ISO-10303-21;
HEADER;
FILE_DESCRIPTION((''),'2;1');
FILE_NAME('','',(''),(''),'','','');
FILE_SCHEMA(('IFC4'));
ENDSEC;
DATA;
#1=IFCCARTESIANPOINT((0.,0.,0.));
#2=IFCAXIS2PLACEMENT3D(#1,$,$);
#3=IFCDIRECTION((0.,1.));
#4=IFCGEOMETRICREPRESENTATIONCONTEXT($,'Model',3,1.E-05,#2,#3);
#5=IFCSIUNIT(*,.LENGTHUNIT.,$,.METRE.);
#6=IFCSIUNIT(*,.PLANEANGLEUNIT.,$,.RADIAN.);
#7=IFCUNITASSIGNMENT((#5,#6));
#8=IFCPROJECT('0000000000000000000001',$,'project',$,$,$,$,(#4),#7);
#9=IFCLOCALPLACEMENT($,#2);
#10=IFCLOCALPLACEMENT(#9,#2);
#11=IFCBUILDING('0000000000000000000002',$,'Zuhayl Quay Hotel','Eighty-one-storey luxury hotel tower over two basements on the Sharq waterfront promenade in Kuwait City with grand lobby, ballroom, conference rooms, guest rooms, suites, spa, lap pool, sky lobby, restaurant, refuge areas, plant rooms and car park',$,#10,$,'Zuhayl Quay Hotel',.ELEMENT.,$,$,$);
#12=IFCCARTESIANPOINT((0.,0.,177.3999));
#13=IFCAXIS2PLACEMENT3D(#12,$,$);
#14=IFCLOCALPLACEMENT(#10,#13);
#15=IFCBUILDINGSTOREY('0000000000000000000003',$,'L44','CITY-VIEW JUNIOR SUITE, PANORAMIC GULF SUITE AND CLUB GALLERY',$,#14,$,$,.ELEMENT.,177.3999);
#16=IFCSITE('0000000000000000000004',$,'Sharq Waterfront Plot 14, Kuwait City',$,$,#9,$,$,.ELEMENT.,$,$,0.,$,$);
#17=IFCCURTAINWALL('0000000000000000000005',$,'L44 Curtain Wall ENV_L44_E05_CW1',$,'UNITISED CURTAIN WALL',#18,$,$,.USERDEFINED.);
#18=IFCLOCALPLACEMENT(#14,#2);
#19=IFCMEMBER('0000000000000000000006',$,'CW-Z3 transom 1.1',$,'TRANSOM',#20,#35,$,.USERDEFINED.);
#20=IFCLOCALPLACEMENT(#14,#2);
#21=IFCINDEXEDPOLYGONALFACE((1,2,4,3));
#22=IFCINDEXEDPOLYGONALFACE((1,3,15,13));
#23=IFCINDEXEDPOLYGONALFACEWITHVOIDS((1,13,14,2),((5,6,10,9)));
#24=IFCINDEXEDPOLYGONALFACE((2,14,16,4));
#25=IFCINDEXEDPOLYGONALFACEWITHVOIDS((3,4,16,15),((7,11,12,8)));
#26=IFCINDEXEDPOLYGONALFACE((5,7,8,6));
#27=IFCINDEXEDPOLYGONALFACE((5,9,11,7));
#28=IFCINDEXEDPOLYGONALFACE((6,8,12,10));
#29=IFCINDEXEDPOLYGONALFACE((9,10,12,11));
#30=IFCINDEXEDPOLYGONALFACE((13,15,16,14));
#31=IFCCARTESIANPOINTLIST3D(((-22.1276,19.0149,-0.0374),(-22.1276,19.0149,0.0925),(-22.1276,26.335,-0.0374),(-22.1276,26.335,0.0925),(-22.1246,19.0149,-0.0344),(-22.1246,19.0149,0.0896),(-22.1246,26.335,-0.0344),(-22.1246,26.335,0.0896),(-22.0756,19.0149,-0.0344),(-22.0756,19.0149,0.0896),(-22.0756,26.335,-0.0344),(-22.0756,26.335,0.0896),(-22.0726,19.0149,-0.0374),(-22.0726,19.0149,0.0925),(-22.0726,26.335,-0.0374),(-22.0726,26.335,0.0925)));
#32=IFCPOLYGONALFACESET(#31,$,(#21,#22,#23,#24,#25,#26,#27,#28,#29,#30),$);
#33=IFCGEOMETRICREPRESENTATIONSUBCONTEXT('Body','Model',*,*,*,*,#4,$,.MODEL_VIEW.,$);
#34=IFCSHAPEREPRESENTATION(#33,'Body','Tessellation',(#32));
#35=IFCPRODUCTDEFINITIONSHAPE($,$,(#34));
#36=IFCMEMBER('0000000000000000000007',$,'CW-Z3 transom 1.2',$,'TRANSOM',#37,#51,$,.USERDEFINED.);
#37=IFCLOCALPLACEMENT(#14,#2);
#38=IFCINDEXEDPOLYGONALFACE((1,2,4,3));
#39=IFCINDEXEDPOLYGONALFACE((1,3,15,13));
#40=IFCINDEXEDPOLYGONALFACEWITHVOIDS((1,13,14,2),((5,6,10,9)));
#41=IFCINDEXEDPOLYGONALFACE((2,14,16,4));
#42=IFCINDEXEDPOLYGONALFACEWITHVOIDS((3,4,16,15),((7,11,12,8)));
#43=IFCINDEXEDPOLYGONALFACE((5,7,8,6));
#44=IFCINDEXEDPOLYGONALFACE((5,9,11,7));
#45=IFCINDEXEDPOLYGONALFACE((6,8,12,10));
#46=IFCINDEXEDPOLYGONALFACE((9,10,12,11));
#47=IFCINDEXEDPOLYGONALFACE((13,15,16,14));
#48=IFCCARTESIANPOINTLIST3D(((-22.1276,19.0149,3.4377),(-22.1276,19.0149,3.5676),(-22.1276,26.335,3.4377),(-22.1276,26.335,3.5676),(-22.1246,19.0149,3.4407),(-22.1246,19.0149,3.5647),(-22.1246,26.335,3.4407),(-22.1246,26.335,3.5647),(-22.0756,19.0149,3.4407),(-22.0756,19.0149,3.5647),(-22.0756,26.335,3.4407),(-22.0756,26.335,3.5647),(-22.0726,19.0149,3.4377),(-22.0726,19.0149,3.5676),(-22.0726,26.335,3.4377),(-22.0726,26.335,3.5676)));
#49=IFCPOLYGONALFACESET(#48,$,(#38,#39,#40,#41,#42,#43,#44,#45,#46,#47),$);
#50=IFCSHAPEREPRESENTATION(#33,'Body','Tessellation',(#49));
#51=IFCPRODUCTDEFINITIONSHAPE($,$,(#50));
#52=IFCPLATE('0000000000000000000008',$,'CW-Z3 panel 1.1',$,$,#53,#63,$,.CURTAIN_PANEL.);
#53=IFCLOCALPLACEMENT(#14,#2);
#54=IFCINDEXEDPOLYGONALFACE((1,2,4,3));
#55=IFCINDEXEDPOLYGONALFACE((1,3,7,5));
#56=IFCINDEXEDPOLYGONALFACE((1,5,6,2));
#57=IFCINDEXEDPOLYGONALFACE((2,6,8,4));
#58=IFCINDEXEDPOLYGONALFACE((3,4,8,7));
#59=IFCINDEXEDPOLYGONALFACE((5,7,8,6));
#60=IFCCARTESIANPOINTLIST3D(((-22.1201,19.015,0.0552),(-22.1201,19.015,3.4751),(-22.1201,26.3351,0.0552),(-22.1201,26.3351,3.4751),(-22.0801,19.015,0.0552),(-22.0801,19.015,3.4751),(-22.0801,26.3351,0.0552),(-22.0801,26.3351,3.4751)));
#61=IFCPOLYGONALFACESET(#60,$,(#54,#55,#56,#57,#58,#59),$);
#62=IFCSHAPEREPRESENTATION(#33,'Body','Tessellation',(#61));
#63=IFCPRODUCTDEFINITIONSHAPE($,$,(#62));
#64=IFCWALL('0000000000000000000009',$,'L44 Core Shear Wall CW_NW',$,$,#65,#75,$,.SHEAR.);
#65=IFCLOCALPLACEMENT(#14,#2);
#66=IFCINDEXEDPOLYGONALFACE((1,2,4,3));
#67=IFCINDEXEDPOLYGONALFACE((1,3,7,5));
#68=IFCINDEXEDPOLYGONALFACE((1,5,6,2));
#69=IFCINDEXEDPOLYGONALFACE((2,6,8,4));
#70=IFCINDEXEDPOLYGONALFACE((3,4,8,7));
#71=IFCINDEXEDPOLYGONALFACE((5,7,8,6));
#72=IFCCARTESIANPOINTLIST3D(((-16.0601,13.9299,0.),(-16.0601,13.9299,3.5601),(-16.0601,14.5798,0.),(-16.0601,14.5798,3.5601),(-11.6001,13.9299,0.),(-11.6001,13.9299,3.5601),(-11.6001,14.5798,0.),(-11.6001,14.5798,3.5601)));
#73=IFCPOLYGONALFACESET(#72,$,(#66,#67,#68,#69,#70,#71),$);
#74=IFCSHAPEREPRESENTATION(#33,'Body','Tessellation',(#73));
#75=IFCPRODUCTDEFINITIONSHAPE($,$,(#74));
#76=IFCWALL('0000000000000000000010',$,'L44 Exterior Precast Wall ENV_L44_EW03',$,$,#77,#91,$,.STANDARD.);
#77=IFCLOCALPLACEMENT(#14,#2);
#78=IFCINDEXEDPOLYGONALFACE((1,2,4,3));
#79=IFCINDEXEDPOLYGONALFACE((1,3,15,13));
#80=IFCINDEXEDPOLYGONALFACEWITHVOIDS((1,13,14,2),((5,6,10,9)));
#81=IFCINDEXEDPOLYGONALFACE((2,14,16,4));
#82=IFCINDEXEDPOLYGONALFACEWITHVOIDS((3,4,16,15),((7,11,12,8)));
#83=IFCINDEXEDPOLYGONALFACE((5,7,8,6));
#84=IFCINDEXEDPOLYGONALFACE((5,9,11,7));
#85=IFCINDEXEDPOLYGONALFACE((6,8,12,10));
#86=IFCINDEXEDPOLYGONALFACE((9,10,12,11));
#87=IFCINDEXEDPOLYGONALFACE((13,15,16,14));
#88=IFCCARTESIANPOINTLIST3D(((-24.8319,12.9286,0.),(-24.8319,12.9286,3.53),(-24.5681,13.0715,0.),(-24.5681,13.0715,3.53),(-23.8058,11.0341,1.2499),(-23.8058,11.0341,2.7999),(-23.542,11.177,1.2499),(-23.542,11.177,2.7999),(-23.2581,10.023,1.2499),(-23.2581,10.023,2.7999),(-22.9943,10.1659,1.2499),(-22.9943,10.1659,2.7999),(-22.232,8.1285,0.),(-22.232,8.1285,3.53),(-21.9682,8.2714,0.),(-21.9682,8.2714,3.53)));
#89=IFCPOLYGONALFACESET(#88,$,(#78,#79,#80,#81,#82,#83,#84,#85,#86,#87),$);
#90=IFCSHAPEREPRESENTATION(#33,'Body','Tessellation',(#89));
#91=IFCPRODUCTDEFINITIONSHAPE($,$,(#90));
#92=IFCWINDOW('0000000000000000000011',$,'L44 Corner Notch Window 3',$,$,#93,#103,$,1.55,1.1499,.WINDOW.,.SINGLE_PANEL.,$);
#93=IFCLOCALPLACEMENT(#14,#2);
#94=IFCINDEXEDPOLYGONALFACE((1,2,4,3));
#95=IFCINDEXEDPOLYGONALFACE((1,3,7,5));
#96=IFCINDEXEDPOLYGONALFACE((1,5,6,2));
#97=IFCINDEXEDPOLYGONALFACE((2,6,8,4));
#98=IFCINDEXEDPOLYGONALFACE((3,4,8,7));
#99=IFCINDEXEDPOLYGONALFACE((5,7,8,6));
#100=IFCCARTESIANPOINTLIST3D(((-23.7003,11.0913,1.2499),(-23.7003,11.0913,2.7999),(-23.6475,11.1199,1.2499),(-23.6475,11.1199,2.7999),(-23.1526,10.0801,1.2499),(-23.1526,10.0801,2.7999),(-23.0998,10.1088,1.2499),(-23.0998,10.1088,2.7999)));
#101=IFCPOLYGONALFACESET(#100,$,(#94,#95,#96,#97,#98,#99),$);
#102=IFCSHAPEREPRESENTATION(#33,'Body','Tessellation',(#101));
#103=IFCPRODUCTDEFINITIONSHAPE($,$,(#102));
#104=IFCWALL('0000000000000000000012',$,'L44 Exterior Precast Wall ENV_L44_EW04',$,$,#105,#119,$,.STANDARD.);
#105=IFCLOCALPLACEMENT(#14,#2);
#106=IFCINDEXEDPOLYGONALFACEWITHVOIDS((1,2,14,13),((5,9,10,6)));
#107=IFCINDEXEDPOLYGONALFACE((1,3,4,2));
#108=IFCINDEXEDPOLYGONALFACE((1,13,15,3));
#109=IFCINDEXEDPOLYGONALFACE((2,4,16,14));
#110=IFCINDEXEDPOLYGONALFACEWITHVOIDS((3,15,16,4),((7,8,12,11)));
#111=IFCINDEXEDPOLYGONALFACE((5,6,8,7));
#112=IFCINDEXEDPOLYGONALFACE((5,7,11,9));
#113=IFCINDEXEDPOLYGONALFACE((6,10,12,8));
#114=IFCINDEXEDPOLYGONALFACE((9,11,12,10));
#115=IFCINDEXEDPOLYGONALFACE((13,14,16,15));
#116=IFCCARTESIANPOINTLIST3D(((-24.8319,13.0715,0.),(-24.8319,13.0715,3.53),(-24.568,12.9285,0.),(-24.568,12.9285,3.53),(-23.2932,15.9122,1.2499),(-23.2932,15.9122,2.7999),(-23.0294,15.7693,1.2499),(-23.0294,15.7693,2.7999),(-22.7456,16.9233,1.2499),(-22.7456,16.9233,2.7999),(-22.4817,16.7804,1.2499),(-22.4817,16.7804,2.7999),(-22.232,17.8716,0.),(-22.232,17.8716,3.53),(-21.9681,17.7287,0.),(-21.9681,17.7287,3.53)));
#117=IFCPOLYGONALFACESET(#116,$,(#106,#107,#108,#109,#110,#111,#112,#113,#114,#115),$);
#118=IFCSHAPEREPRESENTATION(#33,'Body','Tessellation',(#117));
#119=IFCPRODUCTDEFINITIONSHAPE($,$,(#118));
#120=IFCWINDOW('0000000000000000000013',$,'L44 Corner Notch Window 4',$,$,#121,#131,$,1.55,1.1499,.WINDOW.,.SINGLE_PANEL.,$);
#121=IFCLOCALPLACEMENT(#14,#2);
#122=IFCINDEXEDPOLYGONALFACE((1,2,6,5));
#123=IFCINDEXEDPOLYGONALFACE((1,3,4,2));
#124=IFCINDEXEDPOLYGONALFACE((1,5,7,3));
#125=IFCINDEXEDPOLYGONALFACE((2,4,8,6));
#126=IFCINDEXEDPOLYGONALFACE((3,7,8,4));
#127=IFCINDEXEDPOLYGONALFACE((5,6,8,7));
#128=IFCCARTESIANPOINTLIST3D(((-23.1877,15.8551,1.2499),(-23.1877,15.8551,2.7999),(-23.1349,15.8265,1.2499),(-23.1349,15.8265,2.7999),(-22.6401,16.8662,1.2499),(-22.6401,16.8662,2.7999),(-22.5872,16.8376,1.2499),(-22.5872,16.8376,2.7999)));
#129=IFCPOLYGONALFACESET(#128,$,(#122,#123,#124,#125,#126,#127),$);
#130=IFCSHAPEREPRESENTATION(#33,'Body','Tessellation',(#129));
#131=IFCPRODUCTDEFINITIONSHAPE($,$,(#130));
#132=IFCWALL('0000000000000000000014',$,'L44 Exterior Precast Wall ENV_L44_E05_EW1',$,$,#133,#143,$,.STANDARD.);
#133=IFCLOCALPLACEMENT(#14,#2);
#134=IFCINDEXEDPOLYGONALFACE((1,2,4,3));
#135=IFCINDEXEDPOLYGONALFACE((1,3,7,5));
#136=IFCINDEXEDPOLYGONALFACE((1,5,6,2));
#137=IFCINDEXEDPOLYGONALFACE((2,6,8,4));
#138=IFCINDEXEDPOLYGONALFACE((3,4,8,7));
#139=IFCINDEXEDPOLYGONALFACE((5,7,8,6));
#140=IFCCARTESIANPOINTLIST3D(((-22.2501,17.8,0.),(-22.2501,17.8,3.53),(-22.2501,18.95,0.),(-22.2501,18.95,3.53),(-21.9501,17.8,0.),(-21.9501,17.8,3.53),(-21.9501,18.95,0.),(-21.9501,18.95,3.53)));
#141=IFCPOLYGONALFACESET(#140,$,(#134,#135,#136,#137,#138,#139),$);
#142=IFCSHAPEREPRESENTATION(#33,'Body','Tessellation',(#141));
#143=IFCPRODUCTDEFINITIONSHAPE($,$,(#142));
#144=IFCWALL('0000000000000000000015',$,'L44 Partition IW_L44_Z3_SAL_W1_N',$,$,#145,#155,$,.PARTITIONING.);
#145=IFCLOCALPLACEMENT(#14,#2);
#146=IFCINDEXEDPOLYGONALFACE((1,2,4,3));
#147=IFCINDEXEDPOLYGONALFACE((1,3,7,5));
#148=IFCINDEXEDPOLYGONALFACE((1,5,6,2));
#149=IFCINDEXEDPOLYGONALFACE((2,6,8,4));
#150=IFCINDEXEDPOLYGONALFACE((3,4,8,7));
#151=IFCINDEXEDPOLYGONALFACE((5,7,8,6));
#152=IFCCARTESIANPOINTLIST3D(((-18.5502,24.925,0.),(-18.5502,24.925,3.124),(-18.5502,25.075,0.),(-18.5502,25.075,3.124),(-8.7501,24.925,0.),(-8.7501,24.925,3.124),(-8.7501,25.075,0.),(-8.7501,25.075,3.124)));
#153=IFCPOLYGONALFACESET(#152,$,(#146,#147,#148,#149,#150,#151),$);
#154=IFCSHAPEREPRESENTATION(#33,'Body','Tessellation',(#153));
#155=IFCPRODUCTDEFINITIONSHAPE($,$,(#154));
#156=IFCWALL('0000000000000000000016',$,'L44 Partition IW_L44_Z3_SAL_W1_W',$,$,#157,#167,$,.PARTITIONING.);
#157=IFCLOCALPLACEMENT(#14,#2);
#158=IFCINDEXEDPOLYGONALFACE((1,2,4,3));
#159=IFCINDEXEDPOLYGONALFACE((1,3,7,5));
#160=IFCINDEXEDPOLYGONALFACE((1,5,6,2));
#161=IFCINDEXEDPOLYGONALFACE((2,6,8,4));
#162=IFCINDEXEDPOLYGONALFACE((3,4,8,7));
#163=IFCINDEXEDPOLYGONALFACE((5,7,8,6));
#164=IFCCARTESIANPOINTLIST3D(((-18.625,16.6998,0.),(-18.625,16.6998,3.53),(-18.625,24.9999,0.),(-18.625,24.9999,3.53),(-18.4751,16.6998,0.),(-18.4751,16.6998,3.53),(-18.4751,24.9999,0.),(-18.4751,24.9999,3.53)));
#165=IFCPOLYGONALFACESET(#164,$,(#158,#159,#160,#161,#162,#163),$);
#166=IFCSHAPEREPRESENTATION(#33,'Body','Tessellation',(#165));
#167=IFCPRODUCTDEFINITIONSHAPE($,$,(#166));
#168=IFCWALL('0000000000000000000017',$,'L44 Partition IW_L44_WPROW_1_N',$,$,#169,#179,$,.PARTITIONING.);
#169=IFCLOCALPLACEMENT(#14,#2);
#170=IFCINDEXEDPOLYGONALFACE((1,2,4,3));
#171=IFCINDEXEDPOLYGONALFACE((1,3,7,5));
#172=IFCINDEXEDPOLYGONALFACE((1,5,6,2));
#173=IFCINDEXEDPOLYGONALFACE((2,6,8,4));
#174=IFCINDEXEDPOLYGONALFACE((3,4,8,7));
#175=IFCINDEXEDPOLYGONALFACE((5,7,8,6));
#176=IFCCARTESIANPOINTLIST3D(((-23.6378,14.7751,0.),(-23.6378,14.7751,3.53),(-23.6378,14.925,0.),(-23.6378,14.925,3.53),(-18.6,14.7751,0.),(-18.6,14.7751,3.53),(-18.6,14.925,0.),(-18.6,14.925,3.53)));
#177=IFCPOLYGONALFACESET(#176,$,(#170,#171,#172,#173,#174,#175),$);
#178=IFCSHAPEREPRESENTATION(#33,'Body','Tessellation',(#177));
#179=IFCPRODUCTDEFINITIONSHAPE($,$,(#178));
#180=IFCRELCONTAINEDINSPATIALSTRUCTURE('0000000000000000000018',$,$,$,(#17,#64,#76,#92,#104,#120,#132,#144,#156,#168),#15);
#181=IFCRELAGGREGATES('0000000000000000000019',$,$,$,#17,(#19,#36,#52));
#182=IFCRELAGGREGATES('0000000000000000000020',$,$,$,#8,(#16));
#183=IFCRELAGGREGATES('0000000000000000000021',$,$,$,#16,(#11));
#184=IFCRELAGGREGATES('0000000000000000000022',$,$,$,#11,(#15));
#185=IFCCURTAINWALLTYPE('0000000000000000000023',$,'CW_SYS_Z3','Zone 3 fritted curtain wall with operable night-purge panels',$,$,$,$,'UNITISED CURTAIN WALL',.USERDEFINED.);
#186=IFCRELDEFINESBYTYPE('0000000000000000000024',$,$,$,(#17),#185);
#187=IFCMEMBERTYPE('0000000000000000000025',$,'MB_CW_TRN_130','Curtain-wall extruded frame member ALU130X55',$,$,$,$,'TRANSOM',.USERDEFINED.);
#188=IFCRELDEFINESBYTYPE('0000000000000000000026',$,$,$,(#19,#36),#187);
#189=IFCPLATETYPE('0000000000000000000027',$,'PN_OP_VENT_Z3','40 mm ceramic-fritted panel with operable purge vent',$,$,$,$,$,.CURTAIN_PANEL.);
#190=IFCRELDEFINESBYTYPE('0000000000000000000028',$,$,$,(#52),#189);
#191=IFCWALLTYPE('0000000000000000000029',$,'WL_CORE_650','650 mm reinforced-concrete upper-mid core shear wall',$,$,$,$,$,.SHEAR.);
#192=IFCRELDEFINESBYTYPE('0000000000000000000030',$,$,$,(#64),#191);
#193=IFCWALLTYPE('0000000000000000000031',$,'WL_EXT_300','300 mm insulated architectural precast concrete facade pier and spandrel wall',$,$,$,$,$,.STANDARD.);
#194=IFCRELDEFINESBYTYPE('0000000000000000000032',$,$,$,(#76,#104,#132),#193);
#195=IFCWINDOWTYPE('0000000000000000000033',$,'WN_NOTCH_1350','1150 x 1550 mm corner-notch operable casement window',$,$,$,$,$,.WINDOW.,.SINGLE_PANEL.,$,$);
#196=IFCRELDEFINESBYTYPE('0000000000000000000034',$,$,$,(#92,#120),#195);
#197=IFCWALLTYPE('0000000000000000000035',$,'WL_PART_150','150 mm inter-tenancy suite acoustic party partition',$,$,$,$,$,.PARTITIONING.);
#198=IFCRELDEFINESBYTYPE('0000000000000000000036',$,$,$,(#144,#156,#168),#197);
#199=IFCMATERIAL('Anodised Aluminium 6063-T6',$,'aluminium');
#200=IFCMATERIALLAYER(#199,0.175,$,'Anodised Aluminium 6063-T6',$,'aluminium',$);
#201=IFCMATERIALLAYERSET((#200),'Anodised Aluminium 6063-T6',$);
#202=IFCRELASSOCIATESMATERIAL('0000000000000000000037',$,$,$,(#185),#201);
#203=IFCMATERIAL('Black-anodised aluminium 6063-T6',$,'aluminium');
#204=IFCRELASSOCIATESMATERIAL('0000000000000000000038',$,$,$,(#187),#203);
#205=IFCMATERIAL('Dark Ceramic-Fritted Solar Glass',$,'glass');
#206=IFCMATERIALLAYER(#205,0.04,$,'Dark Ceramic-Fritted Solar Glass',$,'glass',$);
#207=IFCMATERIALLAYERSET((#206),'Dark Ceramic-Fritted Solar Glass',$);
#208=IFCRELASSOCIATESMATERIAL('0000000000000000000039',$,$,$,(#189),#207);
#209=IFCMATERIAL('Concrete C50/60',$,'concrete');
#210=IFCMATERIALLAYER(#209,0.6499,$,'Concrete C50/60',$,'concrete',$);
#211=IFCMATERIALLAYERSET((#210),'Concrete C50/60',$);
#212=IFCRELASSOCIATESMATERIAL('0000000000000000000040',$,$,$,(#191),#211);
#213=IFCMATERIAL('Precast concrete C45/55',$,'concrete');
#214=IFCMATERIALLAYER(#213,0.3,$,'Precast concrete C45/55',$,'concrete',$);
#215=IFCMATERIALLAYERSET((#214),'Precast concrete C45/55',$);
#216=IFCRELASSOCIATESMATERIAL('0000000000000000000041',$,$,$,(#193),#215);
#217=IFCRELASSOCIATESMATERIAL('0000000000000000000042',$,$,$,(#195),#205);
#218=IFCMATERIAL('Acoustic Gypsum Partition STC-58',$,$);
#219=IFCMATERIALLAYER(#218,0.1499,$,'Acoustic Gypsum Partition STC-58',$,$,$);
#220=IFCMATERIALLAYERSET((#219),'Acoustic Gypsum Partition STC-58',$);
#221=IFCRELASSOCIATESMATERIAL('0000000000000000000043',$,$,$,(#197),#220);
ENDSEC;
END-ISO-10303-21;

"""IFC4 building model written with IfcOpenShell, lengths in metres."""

from ifc_helpers import new_model, si_unit, direction, frame, frame_2d, origin, origin_2d, place, context, subcontext, project, spatial, rectangle, hollow_rectangle, extrude, material, layer, layer_set, material_profile, profile_set, type_object, element, fill, aggregate, save


model = new_model("IFC4")

# Units and contexts
model_context = context("Model", 3, precision=1e-05, world=origin(), true_north=direction((0.0, 1.0)))
body_context = subcontext(model_context, "Body", "Model", "MODEL_VIEW")
ifc_project = project(units=[si_unit("LENGTHUNIT", "METRE"), si_unit("PLANEANGLEUNIT", "RADIAN")], contexts=[model_context])

# Site, building, storey
site_placement = place(None, origin())
site = spatial("IfcSite", under=ifc_project, at=site_placement, Name="Sharq Waterfront Plot 14, Kuwait City", CompositionType="ELEMENT", RefElevation=0.0)
building_placement = place(site_placement, origin())
building = spatial("IfcBuilding", under=site, at=building_placement, Name="Zuhayl Quay Hotel", Description="Eighty-one-storey luxury hotel tower over two basements on the Sharq waterfront promenade in Kuwait City with grand lobby, ballroom, conference rooms, guest rooms, suites, spa, lap pool, sky lobby, restaurant, refuge areas, plant rooms and car park", LongName="Zuhayl Quay Hotel", CompositionType="ELEMENT")
storey_placement = place(building_placement, frame((0.0, 0.0, 177.3999)))
storey = spatial("IfcBuildingStorey", under=building, at=storey_placement, Name="L44", Description="CITY-VIEW JUNIOR SUITE, PANORAMIC GULF SUITE AND CLUB GALLERY", CompositionType="ELEMENT", Elevation=177.3999)

# Curtain wall, members, plate
ifc_material_1 = material(Name="Anodised Aluminium 6063-T6", Category="aluminium")
ifc_layer_1 = layer(ifc_material_1, 0.175, Name="Anodised Aluminium 6063-T6", Category="aluminium")
ifc_layer_set_1 = layer_set([ifc_layer_1], Name="Anodised Aluminium 6063-T6")
curtain_wall_type = type_object("IfcCurtainWallType", Name="CW_SYS_Z3", Description="Zone 3 fritted curtain wall with operable night-purge panels", ElementType="UNITISED CURTAIN WALL", PredefinedType="USERDEFINED", material=ifc_layer_set_1)
curtain_wall_placement = place(storey_placement, origin())
curtain_wall = element("IfcCurtainWall", 1, at=curtain_wall_placement, inside=storey, type_object=curtain_wall_type, Name="L44 Curtain Wall ENV_L44_E05_CW1", ObjectType="UNITISED CURTAIN WALL", PredefinedType="USERDEFINED")
ifc_material_2 = material(Name="Black-anodised aluminium 6063-T6", Category="aluminium")
ifc_material_profile_1 = material_profile(ifc_material_2, hollow_rectangle(XDim=0.0549, YDim=0.1299, WallThickness=0.0029, at=origin_2d()), Name="ALU130X55")
ifc_profile_set_1 = profile_set([ifc_material_profile_1], Name="Black-anodised aluminium 6063-T6")
member_type_1 = type_object("IfcMemberType", Name="MB_CW_TRN_130", Description="Curtain-wall extruded frame member ALU130X55", ElementType="TRANSOM", PredefinedType="USERDEFINED", material=ifc_profile_set_1)
member_1_placement = place(storey_placement, frame((-22.1001, 19.0149, 0.0276), z_axis=(0.0, 1.0, 0.0), x_axis=(-1.0, 0.0, 0.0)))
member_1 = element("IfcMember", 2, at=member_1_placement, type_object=member_type_1, Name="CW-Z3 transom 1.1", ObjectType="TRANSOM", PredefinedType="USERDEFINED", context=body_context, shape_type="SweptSolid", body=[
    extrude(hollow_rectangle(XDim=0.0549, YDim=0.1299, WallThickness=0.0029, at=origin_2d()), origin(), (0.0, 0.0, 1.0), 7.3201),
])
member_2_placement = place(storey_placement, frame((-22.1001, 19.0149, 3.5027), z_axis=(0.0, 1.0, 0.0), x_axis=(-1.0, 0.0, 0.0)))
member_2 = element("IfcMember", 3, at=member_2_placement, type_object=member_type_1, Name="CW-Z3 transom 1.2", ObjectType="TRANSOM", PredefinedType="USERDEFINED", context=body_context, shape_type="SweptSolid", body=[
    extrude(hollow_rectangle(XDim=0.0549, YDim=0.1299, WallThickness=0.0029, at=origin_2d()), origin(), (0.0, 0.0, 1.0), 7.3201),
])
ifc_material_3 = material(Name="Dark Ceramic-Fritted Solar Glass", Category="glass")
ifc_layer_2 = layer(ifc_material_3, 0.04, Name="Dark Ceramic-Fritted Solar Glass", Category="glass")
ifc_layer_set_2 = layer_set([ifc_layer_2], Name="Dark Ceramic-Fritted Solar Glass")
plate_type = type_object("IfcPlateType", Name="PN_OP_VENT_Z3", Description="40 mm ceramic-fritted panel with operable purge vent", PredefinedType="CURTAIN_PANEL", material=ifc_layer_set_2)
plate_placement = place(storey_placement, frame((-22.1001, 22.675, 0.0552), z_axis=(0.0, 0.0, 1.0), x_axis=(0.0, 1.0, 0.0)))
plate = element("IfcPlate", 4, at=plate_placement, type_object=plate_type, Name="CW-Z3 panel 1.1", PredefinedType="CURTAIN_PANEL", context=body_context, shape_type="SweptSolid", body=[
    extrude(rectangle(XDim=7.3201, YDim=0.04, at=origin_2d()), origin(), (0.0, 0.0, 1.0), 3.4199),
])
aggregate(curtain_wall, [member_1, member_2, plate])

# Wall
ifc_material_4 = material(Name="Concrete C50/60", Category="concrete")
ifc_layer_3 = layer(ifc_material_4, 0.6499, Name="Concrete C50/60", Category="concrete")
ifc_layer_set_3 = layer_set([ifc_layer_3], Name="Concrete C50/60")
wall_type_1 = type_object("IfcWallType", Name="WL_CORE_650", Description="650 mm reinforced-concrete upper-mid core shear wall", PredefinedType="SHEAR", material=ifc_layer_set_3)
wall_1_placement = place(storey_placement, frame((-16.0601, 14.2549, 0.0), z_axis=(0.0, 0.0, 1.0), x_axis=(1.0, 0.0, 0.0)))
element("IfcWall", 5, at=wall_1_placement, inside=storey, type_object=wall_type_1, Name="L44 Core Shear Wall CW_NW", PredefinedType="SHEAR", context=body_context, shape_type="SweptSolid", body=[
    extrude(rectangle(XDim=4.46, YDim=0.6499, at=frame_2d((2.23, 0.0))), origin(), (0.0, 0.0, 1.0), 3.5601),
])

# Walls, openings, windows
ifc_material_5 = material(Name="Precast concrete C45/55", Category="concrete")
ifc_layer_4 = layer(ifc_material_5, 0.3, Name="Precast concrete C45/55", Category="concrete")
ifc_layer_set_4 = layer_set([ifc_layer_4], Name="Precast concrete C45/55")
wall_type_2 = type_object("IfcWallType", Name="WL_EXT_300", Description="300 mm insulated architectural precast concrete facade pier and spandrel wall", PredefinedType="STANDARD", material=ifc_layer_set_4)
wall_2_placement = place(storey_placement, frame((-22.1001, 8.2, 0.0), z_axis=(0.0, 0.0, 1.0), x_axis=(-0.476259, 0.879305, 0.0)))
wall_2 = element("IfcWall", 6, at=wall_2_placement, inside=storey, type_object=wall_type_2, Name="L44 Exterior Precast Wall ENV_L44_EW03", PredefinedType="STANDARD", context=body_context, shape_type="SweptSolid", body=[
    extrude(rectangle(XDim=5.459, YDim=0.3, at=frame_2d((2.7295, 0.0))), origin(), (0.0, 0.0, 1.0), 3.53),
])
opening_1_placement = place(wall_2_placement, frame((2.1545, 0.0, 1.25)))
opening_1 = element("IfcOpeningElement", 7, at=opening_1_placement, cuts=wall_2, PredefinedType="OPENING", context=body_context, shape_type="SweptSolid", body=[
    extrude(rectangle(XDim=1.1499, YDim=1.55, at=frame_2d((0.575, 0.7749))), frame((0.0, 0.1599, 0.0), z_axis=(0.0, -1.0, 0.0), x_axis=(1.0, 0.0, 0.0)), (0.0, 0.0, 1.0), 0.3201),
])
window_type = type_object("IfcWindowType", Name="WN_NOTCH_1350", Description="1150 x 1550 mm corner-notch operable casement window", PartitioningType="SINGLE_PANEL", PredefinedType="WINDOW", material=ifc_material_3)
window_1_placement = place(opening_1_placement, origin())
window_1 = element("IfcWindow", 8, at=window_1_placement, inside=storey, type_object=window_type, Name="L44 Corner Notch Window 3", OverallHeight=1.55, OverallWidth=1.1499, PartitioningType="SINGLE_PANEL", PredefinedType="WINDOW", context=body_context, shape_type="SweptSolid", body=[
    extrude(rectangle(XDim=1.1499, YDim=1.55, at=frame_2d((0.575, 0.7749))), frame((0.0, 0.03, 0.0), z_axis=(0.0, -1.0, 0.0), x_axis=(1.0, 0.0, 0.0)), (0.0, 0.0, 1.0), 0.0601),
])
fill(opening_1, window_1)
wall_3_placement = place(storey_placement, frame((-24.7, 13.0, 0.0), z_axis=(0.0, 0.0, 1.0), x_axis=(0.476259, 0.879305, 0.0)))
wall_3 = element("IfcWall", 9, at=wall_3_placement, inside=storey, type_object=wall_type_2, Name="L44 Exterior Precast Wall ENV_L44_EW04", PredefinedType="STANDARD", context=body_context, shape_type="SweptSolid", body=[
    extrude(rectangle(XDim=5.459, YDim=0.3, at=frame_2d((2.7295, 0.0))), origin(), (0.0, 0.0, 1.0), 3.53),
])
opening_2_placement = place(wall_3_placement, frame((3.2307, 0.0, 1.25)))
opening_2 = element("IfcOpeningElement", 10, at=opening_2_placement, cuts=wall_3, PredefinedType="OPENING", context=body_context, shape_type="SweptSolid", body=[
    extrude(rectangle(XDim=1.1499, YDim=1.55, at=frame_2d((0.575, 0.7749))), frame((0.0, 0.1599, 0.0), z_axis=(0.0, -1.0, 0.0), x_axis=(1.0, 0.0, 0.0)), (0.0, 0.0, 1.0), 0.3201),
])
window_2_placement = place(opening_2_placement, origin())
window_2 = element("IfcWindow", 11, at=window_2_placement, inside=storey, type_object=window_type, Name="L44 Corner Notch Window 4", OverallHeight=1.55, OverallWidth=1.1499, PartitioningType="SINGLE_PANEL", PredefinedType="WINDOW", context=body_context, shape_type="SweptSolid", body=[
    extrude(rectangle(XDim=1.1499, YDim=1.55, at=frame_2d((0.575, 0.7749))), frame((0.0, 0.03, 0.0), z_axis=(0.0, -1.0, 0.0), x_axis=(1.0, 0.0, 0.0)), (0.0, 0.0, 1.0), 0.0601),
])
fill(opening_2, window_2)

# Walls
wall_4_placement = place(storey_placement, frame((-22.1001, 17.8, 0.0), z_axis=(0.0, 0.0, 1.0), x_axis=(0.0, 1.0, 0.0)))
element("IfcWall", 12, at=wall_4_placement, inside=storey, type_object=wall_type_2, Name="L44 Exterior Precast Wall ENV_L44_E05_EW1", PredefinedType="STANDARD", context=body_context, shape_type="SweptSolid", body=[
    extrude(rectangle(XDim=1.1499, YDim=0.3, at=frame_2d((0.575, 0.0))), origin(), (0.0, 0.0, 1.0), 3.53),
])
ifc_material_6 = material(Name="Acoustic Gypsum Partition STC-58")
ifc_layer_5 = layer(ifc_material_6, 0.1499, Name="Acoustic Gypsum Partition STC-58")
ifc_layer_set_5 = layer_set([ifc_layer_5], Name="Acoustic Gypsum Partition STC-58")
wall_type_3 = type_object("IfcWallType", Name="WL_PART_150", Description="150 mm inter-tenancy suite acoustic party partition", PredefinedType="PARTITIONING", material=ifc_layer_set_5)
wall_5_placement = place(storey_placement, frame((-18.55, 25.0, 0.0), z_axis=(0.0, 0.0, 1.0), x_axis=(1.0, 0.0, 0.0)))
element("IfcWall", 13, at=wall_5_placement, inside=storey, type_object=wall_type_3, Name="L44 Partition IW_L44_Z3_SAL_W1_N", PredefinedType="PARTITIONING", context=body_context, shape_type="SweptSolid", body=[
    extrude(rectangle(XDim=9.8, YDim=0.1499, at=frame_2d((4.8999, 0.0))), origin(), (0.0, 0.0, 1.0), 3.124),
])
wall_6_placement = place(storey_placement, frame((-18.55, 16.7, 0.0), z_axis=(0.0, 0.0, 1.0), x_axis=(0.0, 1.0, 0.0)))
element("IfcWall", 14, at=wall_6_placement, inside=storey, type_object=wall_type_3, Name="L44 Partition IW_L44_Z3_SAL_W1_W", PredefinedType="PARTITIONING", context=body_context, shape_type="SweptSolid", body=[
    extrude(rectangle(XDim=8.3, YDim=0.1499, at=frame_2d((4.1499, 0.0))), origin(), (0.0, 0.0, 1.0), 3.53),
])
wall_7_placement = place(storey_placement, frame((-23.6379, 14.8501, 0.0), z_axis=(0.0, 0.0, 1.0), x_axis=(1.0, 0.0, 0.0)))
element("IfcWall", 15, at=wall_7_placement, inside=storey, type_object=wall_type_3, Name="L44 Partition IW_L44_WPROW_1_N", PredefinedType="PARTITIONING", context=body_context, shape_type="SweptSolid", body=[
    extrude(rectangle(XDim=5.0378, YDim=0.1499, at=frame_2d((2.519, 0.0))), origin(), (0.0, 0.0, 1.0), 3.53),
])

save(model, "model.ifc")
